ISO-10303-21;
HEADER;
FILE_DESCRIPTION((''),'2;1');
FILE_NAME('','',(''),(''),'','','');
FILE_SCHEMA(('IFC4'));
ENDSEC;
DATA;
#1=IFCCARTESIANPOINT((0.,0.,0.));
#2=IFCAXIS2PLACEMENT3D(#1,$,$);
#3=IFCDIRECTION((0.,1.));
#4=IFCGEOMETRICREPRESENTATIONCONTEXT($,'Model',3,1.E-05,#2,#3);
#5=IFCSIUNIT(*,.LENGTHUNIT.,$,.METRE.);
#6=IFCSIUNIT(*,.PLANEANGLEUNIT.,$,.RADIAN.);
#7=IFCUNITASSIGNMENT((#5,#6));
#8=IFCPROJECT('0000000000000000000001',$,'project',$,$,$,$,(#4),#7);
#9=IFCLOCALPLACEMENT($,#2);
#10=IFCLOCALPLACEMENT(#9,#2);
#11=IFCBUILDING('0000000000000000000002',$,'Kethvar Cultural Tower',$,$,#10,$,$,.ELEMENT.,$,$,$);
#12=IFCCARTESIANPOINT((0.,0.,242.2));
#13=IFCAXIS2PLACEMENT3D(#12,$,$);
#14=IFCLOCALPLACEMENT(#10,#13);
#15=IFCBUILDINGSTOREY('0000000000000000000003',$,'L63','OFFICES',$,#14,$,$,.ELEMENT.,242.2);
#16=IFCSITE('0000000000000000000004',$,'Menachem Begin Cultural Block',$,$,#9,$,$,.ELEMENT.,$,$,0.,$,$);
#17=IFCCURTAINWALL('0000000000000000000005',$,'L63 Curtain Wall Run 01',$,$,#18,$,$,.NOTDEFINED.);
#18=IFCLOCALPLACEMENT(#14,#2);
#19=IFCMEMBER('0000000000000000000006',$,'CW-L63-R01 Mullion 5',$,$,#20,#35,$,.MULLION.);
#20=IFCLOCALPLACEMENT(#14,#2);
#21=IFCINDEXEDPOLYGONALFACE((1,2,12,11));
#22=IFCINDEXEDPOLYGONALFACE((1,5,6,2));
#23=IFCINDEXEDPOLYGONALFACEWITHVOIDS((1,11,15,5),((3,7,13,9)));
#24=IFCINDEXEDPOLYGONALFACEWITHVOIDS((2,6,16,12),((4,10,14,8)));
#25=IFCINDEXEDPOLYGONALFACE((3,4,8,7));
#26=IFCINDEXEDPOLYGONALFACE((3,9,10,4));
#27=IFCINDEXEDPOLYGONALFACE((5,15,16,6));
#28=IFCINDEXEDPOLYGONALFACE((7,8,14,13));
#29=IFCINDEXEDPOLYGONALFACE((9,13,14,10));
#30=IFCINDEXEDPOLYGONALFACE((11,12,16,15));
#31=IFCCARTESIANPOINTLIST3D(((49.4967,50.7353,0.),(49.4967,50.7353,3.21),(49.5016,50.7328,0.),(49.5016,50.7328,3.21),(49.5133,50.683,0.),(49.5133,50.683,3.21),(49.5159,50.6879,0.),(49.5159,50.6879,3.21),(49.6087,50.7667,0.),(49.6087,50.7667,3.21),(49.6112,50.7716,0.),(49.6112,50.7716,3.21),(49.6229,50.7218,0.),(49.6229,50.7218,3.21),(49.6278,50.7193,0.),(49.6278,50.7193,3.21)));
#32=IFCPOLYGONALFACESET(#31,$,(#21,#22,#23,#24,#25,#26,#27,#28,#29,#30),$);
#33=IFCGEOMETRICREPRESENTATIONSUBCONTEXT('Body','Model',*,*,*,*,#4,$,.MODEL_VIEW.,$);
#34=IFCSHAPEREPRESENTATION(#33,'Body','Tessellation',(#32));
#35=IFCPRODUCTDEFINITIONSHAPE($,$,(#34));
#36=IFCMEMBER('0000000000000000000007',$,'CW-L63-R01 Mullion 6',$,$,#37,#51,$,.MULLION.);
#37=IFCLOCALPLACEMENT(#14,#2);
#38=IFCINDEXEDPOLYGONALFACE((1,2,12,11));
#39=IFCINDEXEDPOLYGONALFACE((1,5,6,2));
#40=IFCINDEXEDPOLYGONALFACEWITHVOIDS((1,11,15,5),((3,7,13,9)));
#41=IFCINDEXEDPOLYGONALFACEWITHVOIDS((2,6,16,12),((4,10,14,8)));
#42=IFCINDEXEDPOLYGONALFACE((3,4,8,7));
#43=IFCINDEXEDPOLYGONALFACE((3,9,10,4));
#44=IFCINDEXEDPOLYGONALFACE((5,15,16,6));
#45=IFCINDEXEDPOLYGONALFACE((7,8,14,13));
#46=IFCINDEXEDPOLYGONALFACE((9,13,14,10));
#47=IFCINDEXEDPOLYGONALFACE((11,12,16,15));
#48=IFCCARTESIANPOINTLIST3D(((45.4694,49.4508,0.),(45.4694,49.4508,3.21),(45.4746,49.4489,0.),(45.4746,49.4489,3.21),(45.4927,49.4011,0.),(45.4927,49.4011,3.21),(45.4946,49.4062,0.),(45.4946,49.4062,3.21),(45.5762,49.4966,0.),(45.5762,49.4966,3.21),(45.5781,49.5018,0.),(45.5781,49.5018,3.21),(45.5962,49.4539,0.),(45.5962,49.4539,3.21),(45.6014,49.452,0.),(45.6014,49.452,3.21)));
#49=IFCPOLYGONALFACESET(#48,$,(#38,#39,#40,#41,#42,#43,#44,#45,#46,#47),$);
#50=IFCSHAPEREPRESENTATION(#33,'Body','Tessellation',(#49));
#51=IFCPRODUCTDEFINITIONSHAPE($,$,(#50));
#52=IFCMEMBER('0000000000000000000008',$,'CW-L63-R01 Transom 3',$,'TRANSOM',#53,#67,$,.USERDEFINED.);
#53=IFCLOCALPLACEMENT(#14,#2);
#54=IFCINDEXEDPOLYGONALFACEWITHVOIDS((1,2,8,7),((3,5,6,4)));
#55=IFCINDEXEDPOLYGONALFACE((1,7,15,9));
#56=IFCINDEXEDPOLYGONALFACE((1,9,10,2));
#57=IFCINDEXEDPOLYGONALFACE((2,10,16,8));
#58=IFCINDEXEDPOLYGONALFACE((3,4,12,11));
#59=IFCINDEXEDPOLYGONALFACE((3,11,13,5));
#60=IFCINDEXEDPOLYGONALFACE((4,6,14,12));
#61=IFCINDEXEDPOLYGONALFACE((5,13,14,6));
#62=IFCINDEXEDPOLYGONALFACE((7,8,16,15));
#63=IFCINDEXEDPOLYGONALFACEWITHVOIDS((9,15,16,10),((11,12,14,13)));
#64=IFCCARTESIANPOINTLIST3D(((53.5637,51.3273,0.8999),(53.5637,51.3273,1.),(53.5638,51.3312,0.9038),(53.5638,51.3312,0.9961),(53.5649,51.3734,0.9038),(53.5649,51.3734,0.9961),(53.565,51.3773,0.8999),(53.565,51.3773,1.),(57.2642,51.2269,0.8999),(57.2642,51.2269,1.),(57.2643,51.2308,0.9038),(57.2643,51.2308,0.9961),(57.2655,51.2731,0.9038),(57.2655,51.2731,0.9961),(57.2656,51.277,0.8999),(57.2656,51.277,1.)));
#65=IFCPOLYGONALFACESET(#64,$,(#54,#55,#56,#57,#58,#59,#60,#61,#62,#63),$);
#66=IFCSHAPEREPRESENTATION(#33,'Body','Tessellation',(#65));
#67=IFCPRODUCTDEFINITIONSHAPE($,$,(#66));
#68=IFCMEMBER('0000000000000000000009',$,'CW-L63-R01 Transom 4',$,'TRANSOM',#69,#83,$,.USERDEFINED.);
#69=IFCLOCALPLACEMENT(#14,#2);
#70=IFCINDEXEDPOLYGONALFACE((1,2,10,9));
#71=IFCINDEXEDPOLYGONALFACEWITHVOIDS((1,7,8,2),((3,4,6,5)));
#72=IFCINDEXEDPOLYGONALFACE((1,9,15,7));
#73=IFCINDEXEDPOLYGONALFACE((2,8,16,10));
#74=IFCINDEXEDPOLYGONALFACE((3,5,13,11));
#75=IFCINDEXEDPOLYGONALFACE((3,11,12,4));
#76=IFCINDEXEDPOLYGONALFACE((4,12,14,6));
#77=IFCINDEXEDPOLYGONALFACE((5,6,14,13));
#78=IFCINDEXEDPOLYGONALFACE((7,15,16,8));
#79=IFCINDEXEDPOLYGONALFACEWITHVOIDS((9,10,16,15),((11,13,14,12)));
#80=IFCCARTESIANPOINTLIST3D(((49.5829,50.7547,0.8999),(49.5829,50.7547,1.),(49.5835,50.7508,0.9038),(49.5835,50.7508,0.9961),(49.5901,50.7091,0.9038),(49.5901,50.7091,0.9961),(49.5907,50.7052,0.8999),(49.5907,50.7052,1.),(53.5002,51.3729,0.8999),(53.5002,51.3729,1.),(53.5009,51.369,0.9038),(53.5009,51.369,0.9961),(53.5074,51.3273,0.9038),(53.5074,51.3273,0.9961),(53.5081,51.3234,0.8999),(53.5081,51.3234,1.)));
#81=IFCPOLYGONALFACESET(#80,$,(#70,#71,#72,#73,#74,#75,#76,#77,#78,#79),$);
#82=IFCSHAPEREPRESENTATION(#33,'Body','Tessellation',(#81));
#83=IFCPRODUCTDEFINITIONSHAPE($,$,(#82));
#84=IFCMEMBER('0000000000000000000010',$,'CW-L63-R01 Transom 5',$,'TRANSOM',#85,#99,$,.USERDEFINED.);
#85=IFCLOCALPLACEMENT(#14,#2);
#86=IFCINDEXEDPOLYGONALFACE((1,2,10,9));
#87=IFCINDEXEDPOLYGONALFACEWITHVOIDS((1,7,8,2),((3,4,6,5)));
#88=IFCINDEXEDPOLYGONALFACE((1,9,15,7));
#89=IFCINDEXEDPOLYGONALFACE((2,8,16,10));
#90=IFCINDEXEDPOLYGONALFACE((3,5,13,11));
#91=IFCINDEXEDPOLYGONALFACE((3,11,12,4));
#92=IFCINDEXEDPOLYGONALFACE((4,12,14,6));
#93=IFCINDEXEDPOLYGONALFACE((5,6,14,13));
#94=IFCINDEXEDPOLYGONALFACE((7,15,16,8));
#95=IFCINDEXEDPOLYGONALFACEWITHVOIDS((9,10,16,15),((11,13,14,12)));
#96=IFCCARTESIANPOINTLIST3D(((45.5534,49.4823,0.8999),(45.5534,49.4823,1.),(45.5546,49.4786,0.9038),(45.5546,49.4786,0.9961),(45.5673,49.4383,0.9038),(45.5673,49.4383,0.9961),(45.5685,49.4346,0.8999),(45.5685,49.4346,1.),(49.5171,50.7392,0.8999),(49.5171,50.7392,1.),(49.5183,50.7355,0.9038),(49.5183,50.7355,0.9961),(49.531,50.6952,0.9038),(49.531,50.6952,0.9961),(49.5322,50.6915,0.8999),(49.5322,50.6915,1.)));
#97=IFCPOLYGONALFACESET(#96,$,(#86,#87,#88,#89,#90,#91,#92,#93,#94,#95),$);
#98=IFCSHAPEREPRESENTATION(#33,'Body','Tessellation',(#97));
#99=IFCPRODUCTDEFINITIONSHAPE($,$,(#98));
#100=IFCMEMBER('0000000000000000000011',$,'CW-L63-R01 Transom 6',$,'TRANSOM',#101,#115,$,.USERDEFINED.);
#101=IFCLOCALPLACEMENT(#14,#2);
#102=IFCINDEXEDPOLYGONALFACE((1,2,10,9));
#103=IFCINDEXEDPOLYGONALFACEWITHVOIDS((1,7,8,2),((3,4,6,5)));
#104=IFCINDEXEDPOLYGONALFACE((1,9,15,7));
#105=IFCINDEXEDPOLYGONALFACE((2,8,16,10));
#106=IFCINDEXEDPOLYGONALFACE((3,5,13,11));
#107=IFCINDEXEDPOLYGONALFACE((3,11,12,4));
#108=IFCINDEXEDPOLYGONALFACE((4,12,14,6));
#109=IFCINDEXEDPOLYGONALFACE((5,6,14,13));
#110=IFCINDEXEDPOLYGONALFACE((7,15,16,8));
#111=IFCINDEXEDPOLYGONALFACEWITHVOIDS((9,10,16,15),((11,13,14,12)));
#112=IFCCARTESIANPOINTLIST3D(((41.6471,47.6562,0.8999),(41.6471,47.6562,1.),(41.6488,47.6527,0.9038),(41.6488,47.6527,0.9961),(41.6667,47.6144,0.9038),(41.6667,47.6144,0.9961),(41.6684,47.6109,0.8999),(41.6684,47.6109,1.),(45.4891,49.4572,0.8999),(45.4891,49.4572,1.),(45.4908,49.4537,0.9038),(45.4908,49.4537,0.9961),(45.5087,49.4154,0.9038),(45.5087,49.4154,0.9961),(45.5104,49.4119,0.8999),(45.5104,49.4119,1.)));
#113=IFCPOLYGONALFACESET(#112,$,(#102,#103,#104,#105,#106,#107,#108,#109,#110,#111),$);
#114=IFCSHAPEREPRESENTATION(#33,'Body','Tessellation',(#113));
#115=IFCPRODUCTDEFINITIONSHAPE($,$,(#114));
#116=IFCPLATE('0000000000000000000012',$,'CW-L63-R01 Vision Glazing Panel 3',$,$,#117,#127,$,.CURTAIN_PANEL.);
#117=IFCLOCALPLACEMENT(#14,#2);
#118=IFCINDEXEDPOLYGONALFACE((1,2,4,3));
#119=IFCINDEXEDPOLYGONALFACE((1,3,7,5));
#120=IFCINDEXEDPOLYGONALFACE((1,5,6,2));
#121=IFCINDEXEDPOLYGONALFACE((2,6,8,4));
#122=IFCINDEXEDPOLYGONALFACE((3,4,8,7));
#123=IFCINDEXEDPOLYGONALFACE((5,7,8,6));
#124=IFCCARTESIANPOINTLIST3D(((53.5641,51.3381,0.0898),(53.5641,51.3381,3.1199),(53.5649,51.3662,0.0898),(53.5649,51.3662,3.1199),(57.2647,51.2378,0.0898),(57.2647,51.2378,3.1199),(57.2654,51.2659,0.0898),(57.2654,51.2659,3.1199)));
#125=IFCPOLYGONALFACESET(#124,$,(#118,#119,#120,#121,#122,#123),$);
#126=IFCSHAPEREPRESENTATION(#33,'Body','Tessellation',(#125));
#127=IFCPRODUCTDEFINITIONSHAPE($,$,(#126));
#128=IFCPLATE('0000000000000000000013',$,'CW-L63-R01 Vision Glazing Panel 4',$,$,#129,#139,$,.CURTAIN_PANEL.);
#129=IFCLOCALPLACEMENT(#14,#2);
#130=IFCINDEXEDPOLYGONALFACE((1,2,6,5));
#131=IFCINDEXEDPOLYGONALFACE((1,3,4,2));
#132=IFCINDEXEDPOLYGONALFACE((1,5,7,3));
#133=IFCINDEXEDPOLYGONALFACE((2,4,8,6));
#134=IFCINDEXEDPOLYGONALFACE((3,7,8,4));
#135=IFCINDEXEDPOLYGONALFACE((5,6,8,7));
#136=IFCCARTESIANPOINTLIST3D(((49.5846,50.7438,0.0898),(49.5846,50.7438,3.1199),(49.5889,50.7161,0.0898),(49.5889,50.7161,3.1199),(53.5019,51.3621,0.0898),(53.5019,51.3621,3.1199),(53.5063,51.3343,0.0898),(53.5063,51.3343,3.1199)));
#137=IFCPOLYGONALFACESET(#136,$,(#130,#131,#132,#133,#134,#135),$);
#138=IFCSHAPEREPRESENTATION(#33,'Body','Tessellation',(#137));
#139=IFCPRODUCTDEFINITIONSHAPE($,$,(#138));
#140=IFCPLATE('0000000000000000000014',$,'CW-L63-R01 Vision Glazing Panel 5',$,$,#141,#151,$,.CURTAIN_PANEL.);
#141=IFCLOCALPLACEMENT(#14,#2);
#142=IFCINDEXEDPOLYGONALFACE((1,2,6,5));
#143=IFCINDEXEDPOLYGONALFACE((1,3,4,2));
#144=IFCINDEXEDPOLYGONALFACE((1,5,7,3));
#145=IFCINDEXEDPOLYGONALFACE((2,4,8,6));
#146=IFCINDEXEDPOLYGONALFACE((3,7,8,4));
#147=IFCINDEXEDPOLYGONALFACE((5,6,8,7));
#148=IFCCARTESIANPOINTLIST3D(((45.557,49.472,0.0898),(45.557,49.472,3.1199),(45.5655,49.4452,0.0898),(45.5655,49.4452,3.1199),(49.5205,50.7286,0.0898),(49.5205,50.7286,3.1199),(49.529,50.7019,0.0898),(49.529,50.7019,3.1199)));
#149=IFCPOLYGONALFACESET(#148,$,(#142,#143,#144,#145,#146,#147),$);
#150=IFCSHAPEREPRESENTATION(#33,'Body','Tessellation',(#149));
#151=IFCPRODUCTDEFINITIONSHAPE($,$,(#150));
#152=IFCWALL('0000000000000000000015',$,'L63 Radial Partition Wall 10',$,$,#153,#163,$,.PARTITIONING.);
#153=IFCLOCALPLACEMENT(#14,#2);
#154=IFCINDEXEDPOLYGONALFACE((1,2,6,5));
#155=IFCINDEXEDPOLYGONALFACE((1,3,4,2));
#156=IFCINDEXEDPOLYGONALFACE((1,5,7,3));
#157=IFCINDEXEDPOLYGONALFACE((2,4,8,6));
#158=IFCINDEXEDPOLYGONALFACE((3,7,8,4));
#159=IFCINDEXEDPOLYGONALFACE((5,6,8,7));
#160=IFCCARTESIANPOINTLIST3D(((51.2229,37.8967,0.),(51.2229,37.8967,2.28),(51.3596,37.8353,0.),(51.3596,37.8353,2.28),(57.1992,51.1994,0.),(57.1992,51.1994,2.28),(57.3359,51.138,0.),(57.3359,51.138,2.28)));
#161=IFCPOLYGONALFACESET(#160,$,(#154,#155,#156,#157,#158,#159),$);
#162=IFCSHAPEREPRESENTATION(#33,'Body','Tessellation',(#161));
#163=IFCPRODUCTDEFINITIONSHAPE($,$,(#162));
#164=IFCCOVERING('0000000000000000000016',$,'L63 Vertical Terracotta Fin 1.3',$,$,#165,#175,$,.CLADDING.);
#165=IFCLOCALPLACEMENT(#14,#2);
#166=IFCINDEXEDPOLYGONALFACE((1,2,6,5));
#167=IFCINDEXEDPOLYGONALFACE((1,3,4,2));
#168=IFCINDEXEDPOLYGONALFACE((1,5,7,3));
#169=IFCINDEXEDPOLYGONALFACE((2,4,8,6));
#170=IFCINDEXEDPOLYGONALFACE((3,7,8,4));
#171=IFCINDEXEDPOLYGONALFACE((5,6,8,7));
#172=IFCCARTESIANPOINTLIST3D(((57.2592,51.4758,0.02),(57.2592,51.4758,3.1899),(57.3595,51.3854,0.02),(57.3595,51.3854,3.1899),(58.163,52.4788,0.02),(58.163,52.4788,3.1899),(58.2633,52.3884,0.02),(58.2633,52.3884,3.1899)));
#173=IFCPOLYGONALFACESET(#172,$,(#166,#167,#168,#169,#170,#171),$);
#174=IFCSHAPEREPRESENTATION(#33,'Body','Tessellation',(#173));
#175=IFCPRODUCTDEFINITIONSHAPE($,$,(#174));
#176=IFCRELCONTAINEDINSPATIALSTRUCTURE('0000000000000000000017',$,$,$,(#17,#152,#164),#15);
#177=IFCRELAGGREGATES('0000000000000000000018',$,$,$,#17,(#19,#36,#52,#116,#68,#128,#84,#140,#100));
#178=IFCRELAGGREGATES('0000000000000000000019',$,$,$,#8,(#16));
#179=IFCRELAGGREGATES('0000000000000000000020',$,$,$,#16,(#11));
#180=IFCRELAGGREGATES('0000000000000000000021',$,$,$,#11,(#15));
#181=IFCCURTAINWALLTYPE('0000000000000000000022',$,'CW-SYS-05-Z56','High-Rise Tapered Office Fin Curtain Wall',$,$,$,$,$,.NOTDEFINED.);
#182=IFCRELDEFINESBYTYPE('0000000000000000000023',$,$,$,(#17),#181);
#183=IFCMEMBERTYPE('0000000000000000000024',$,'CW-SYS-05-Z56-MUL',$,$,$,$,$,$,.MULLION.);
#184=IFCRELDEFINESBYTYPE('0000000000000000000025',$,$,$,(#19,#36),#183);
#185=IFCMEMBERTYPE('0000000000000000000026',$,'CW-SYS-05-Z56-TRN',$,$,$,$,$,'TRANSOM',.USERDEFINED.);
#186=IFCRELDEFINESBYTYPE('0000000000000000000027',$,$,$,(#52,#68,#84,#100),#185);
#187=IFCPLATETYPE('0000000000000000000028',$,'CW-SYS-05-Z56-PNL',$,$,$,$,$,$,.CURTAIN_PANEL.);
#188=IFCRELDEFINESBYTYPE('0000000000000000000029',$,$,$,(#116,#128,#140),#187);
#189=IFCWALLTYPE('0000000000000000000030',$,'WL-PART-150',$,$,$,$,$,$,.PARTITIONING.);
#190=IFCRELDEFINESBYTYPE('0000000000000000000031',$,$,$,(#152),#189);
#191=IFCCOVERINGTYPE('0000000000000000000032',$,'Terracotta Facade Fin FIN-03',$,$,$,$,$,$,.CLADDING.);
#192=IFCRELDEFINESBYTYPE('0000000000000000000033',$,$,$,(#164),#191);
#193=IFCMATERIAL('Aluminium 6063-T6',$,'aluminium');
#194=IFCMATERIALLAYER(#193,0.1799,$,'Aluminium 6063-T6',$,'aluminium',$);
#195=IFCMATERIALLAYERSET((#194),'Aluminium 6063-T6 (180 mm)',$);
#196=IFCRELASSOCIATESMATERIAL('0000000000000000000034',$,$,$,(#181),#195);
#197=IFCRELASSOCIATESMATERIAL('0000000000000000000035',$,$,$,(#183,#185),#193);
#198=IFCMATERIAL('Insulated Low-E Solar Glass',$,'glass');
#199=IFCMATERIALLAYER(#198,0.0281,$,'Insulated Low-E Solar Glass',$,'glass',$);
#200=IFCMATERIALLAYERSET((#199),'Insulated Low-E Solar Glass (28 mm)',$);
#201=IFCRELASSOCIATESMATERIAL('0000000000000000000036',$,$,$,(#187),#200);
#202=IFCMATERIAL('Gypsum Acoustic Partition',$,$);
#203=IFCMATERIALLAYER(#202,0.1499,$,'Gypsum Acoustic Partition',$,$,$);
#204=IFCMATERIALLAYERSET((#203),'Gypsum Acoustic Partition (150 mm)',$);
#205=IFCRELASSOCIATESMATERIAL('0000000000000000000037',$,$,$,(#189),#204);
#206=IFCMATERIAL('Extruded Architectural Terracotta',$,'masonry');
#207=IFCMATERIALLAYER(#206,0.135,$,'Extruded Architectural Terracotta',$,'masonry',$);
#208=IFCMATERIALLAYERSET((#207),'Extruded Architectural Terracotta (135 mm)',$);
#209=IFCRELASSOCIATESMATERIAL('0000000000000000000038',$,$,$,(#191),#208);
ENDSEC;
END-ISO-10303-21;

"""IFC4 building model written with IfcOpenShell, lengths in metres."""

from ifc_helpers import new_model, si_unit, direction, frame, frame_2d, origin, origin_2d, place, context, subcontext, project, spatial, rectangle, hollow_rectangle, extrude, source, transform, mapped, material, layer, layer_set, material_profile, profile_set, type_object, element, aggregate, save


model = new_model("IFC4")

# Units and contexts
model_context = context("Model", 3, precision=1e-05, world=origin(), true_north=direction((0.0, 1.0)))
body_context = subcontext(model_context, "Body", "Model", "MODEL_VIEW")
ifc_project = project(units=[si_unit("LENGTHUNIT", "METRE"), si_unit("PLANEANGLEUNIT", "RADIAN")], contexts=[model_context])

# Site, building, storey
site_placement = place(None, origin())
site = spatial("IfcSite", under=ifc_project, at=site_placement, Name="Menachem Begin Cultural Block", CompositionType="ELEMENT", RefElevation=0.0)
building_placement = place(site_placement, origin())
building = spatial("IfcBuilding", under=site, at=building_placement, Name="Kethvar Cultural Tower", CompositionType="ELEMENT")
storey_placement = place(building_placement, frame((0.0, 0.0, 242.2)))
storey = spatial("IfcBuildingStorey", under=building, at=storey_placement, Name="L63", Description="OFFICES", CompositionType="ELEMENT", Elevation=242.2)

# Curtain wall, members, plates
ifc_material_1 = material(Name="Aluminium 6063-T6", Category="aluminium")
ifc_layer_1 = layer(ifc_material_1, 0.1799, Name="Aluminium 6063-T6", Category="aluminium")
ifc_layer_set_1 = layer_set([ifc_layer_1], Name="Aluminium 6063-T6 (180 mm)")
curtain_wall_type = type_object("IfcCurtainWallType", Name="CW-SYS-05-Z56", Description="High-Rise Tapered Office Fin Curtain Wall", PredefinedType="NOTDEFINED", material=ifc_layer_set_1)
curtain_wall_placement = place(storey_placement, origin())
curtain_wall = element("IfcCurtainWall", 1, at=curtain_wall_placement, inside=storey, type_object=curtain_wall_type, Name="L63 Curtain Wall Run 01", PredefinedType="NOTDEFINED")
ifc_material_profile_1 = material_profile(ifc_material_1, hollow_rectangle(XDim=0.0549, YDim=0.1201, WallThickness=0.0039, at=origin_2d()), Name="Aluminium 6063-T6 — RHS120x55x4")
ifc_profile_set_1 = profile_set([ifc_material_profile_1], Name="Aluminium 6063-T6 — RHS120x55x4")
member_type_1 = type_object("IfcMemberType", Name="CW-SYS-05-Z56-MUL", PredefinedType="MULLION", material=ifc_profile_set_1)
shared_shape_1 = source(origin(), body_context, "Body", "SweptSolid", [
    extrude(hollow_rectangle(XDim=0.0549, YDim=0.1201, WallThickness=0.0039, at=origin_2d()), origin(), (0.0, 0.0, 1.0), 3.21),
])
member_1_placement = place(storey_placement, frame((49.5623, 50.7273, 0.0), z_axis=(0.0, 0.0, 1.0), x_axis=(0.302237, -0.953233, 0.0)))
member_1 = element("IfcMember", 2, at=member_1_placement, type_object=member_type_1, Name="CW-L63-R01 Mullion 5", PredefinedType="MULLION", context=body_context, shape_type="MappedRepresentation", body=[
    mapped(shared_shape_1, transform((0.0, 0.0, 0.0), scale=1.0)),
])
member_2_placement = place(storey_placement, frame((45.5354, 49.4514, 0.0), z_axis=(0.0, 0.0, 1.0), x_axis=(0.424468, -0.905443, 0.0)))
member_2 = element("IfcMember", 3, at=member_2_placement, type_object=member_type_1, Name="CW-L63-R01 Mullion 6", PredefinedType="MULLION", context=body_context, shape_type="MappedRepresentation", body=[
    mapped(shared_shape_1, transform((0.0, 0.0, 0.0), scale=1.0)),
])
ifc_material_profile_2 = material_profile(ifc_material_1, hollow_rectangle(XDim=0.05, YDim=0.1001, WallThickness=0.0039, at=origin_2d()), Name="Aluminium 6063-T6 — RHS100x50x4")
ifc_profile_set_2 = profile_set([ifc_material_profile_2], Name="Aluminium 6063-T6 — RHS100x50x4")
member_type_2 = type_object("IfcMemberType", Name="CW-SYS-05-Z56-TRN", ElementType="TRANSOM", PredefinedType="USERDEFINED", material=ifc_profile_set_2)
shared_shape_2 = source(origin(), body_context, "Body", "SweptSolid", [
    extrude(hollow_rectangle(XDim=0.05, YDim=0.1001, WallThickness=0.0039, at=origin_2d()), origin(), (0.0, 0.0, 1.0), 3.7019),
])
member_3_placement = place(storey_placement, frame((57.2649, 51.252, 0.95), z_axis=(-0.999633, 0.027106, 0.0), x_axis=(-0.027106, -0.999633, 0.0)))
member_3 = element("IfcMember", 4, at=member_3_placement, type_object=member_type_2, Name="CW-L63-R01 Transom 3", ObjectType="TRANSOM", PredefinedType="USERDEFINED", context=body_context, shape_type="MappedRepresentation", body=[
    mapped(shared_shape_2, transform((0.0, 0.0, 0.0), scale=1.0)),
])
shared_shape_3 = source(origin(), body_context, "Body", "SweptSolid", [
    extrude(hollow_rectangle(XDim=0.05, YDim=0.1001, WallThickness=0.0039, at=origin_2d()), origin(), (0.0, 0.0, 1.0), 3.9658),
])
member_4_placement = place(storey_placement, frame((53.5042, 51.3481, 0.95), z_axis=(-0.987776, -0.155877, 0.0), x_axis=(0.155877, -0.987776, 0.0)))
member_4 = element("IfcMember", 5, at=member_4_placement, type_object=member_type_2, Name="CW-L63-R01 Transom 4", ObjectType="TRANSOM", PredefinedType="USERDEFINED", context=body_context, shape_type="MappedRepresentation", body=[
    mapped(shared_shape_3, transform((0.0, 0.0, 0.0), scale=1.0)),
])
shared_shape_4 = source(origin(), body_context, "Body", "SweptSolid", [
    extrude(hollow_rectangle(XDim=0.05, YDim=0.1001, WallThickness=0.0039, at=origin_2d()), origin(), (0.0, 0.0, 1.0), 4.1582),
])
member_5_placement = place(storey_placement, frame((49.5247, 50.7153, 0.95), z_axis=(-0.953225, -0.302261, 0.0), x_axis=(0.302261, -0.953225, 0.0)))
member_5 = element("IfcMember", 6, at=member_5_placement, type_object=member_type_2, Name="CW-L63-R01 Transom 5", ObjectType="TRANSOM", PredefinedType="USERDEFINED", context=body_context, shape_type="MappedRepresentation", body=[
    mapped(shared_shape_4, transform((0.0, 0.0, 0.0), scale=1.0)),
])
shared_shape_5 = source(origin(), body_context, "Body", "SweptSolid", [
    extrude(hollow_rectangle(XDim=0.05, YDim=0.1001, WallThickness=0.0039, at=origin_2d()), origin(), (0.0, 0.0, 1.0), 4.2432),
])
member_6_placement = place(storey_placement, frame((45.4998, 49.4346, 0.95), z_axis=(-0.905453, -0.424447, 0.0), x_axis=(0.424447, -0.905453, 0.0)))
member_6 = element("IfcMember", 7, at=member_6_placement, type_object=member_type_2, Name="CW-L63-R01 Transom 6", ObjectType="TRANSOM", PredefinedType="USERDEFINED", context=body_context, shape_type="MappedRepresentation", body=[
    mapped(shared_shape_5, transform((0.0, 0.0, 0.0), scale=1.0)),
])
ifc_material_2 = material(Name="Insulated Low-E Solar Glass", Category="glass")
ifc_layer_2 = layer(ifc_material_2, 0.0281, Name="Insulated Low-E Solar Glass", Category="glass")
ifc_layer_set_2 = layer_set([ifc_layer_2], Name="Insulated Low-E Solar Glass (28 mm)")
plate_type = type_object("IfcPlateType", Name="CW-SYS-05-Z56-PNL", PredefinedType="CURTAIN_PANEL", material=ifc_layer_set_2)
shared_shape_6 = source(origin(), body_context, "Body", "SweptSolid", [
    extrude(rectangle(XDim=3.7019, YDim=0.0281, at=origin_2d()), origin(), (0.0, 0.0, 1.0), 3.03),
])
plate_1_placement = place(storey_placement, frame((55.4148, 51.302, 0.0898), z_axis=(0.0, 0.0, 1.0), x_axis=(-0.999633, 0.027084, 0.0)))
plate_1 = element("IfcPlate", 8, at=plate_1_placement, type_object=plate_type, Name="CW-L63-R01 Vision Glazing Panel 3", PredefinedType="CURTAIN_PANEL", context=body_context, shape_type="MappedRepresentation", body=[
    mapped(shared_shape_6, transform((0.0, 0.0, 0.0), scale=1.0)),
])
shared_shape_7 = source(origin(), body_context, "Body", "SweptSolid", [
    extrude(rectangle(XDim=3.9658, YDim=0.0281, at=origin_2d()), origin(), (0.0, 0.0, 1.0), 3.03),
])
plate_2_placement = place(storey_placement, frame((51.5454, 51.0391, 0.0898), z_axis=(0.0, 0.0, 1.0), x_axis=(-0.987773, -0.1559, 0.0)))
plate_2 = element("IfcPlate", 9, at=plate_2_placement, type_object=plate_type, Name="CW-L63-R01 Vision Glazing Panel 4", PredefinedType="CURTAIN_PANEL", context=body_context, shape_type="MappedRepresentation", body=[
    mapped(shared_shape_7, transform((0.0, 0.0, 0.0), scale=1.0)),
])
shared_shape_8 = source(origin(), body_context, "Body", "SweptSolid", [
    extrude(rectangle(XDim=4.158, YDim=0.0281, at=origin_2d()), origin(), (0.0, 0.0, 1.0), 3.03),
])
plate_3_placement = place(storey_placement, frame((47.543, 50.0869, 0.0898), z_axis=(0.0, 0.0, 1.0), x_axis=(-0.953233, -0.302237, 0.0)))
plate_3 = element("IfcPlate", 10, at=plate_3_placement, type_object=plate_type, Name="CW-L63-R01 Vision Glazing Panel 5", PredefinedType="CURTAIN_PANEL", context=body_context, shape_type="MappedRepresentation", body=[
    mapped(shared_shape_8, transform((0.0, 0.0, 0.0), scale=1.0)),
])
aggregate(curtain_wall, [member_1, member_2, member_3, plate_1, member_4, plate_2, member_5, plate_3, member_6])

# Wall
ifc_material_3 = material(Name="Gypsum Acoustic Partition")
ifc_layer_3 = layer(ifc_material_3, 0.1499, Name="Gypsum Acoustic Partition")
ifc_layer_set_3 = layer_set([ifc_layer_3], Name="Gypsum Acoustic Partition (150 mm)")
wall_type = type_object("IfcWallType", Name="WL-PART-150", PredefinedType="PARTITIONING", material=ifc_layer_set_3)
wall_placement = place(storey_placement, frame((51.2913, 37.866, 0.0), z_axis=(0.0, 0.0, 1.0), x_axis=(0.409799, 0.912176, 0.0)))
element("IfcWall", 11, at=wall_placement, inside=storey, type_object=wall_type, Name="L63 Radial Partition Wall 10", PredefinedType="PARTITIONING", context=body_context, shape_type="SweptSolid", body=[
    extrude(rectangle(XDim=14.5835, YDim=0.1499, at=frame_2d((7.2917, 0.0))), origin(), (0.0, 0.0, 1.0), 2.28),
])

# Covering
ifc_material_4 = material(Name="Extruded Architectural Terracotta", Category="masonry")
ifc_layer_4 = layer(ifc_material_4, 0.135, Name="Extruded Architectural Terracotta", Category="masonry")
ifc_layer_set_4 = layer_set([ifc_layer_4], Name="Extruded Architectural Terracotta (135 mm)")
covering_type = type_object("IfcCoveringType", Name="Terracotta Facade Fin FIN-03", PredefinedType="CLADDING", material=ifc_layer_set_4)
shared_shape_9 = source(origin(), body_context, "Body", "SweptSolid", [
    extrude(rectangle(XDim=1.3501, YDim=0.135, at=origin_2d()), origin(), (0.0, 0.0, 1.0), 3.1699),
])
for number, where, z_axis, x_axis, name in (
    (12, (57.7612, 51.9321, 0.02), (0.0, 0.0, 1.0), (0.66939, 0.742911, 0.0), "L63 Vertical Terracotta Fin 1.3"),
):
    element("IfcCovering", number, at=place(storey_placement, frame(where, z_axis=z_axis, x_axis=x_axis)), inside=storey, type_object=covering_type, Name=name, PredefinedType="CLADDING", context=body_context, shape_type="MappedRepresentation", body=[
        mapped(shared_shape_9, transform((0.0, 0.0, 0.0), scale=1.0)),
    ])

save(model, "model.ifc")
